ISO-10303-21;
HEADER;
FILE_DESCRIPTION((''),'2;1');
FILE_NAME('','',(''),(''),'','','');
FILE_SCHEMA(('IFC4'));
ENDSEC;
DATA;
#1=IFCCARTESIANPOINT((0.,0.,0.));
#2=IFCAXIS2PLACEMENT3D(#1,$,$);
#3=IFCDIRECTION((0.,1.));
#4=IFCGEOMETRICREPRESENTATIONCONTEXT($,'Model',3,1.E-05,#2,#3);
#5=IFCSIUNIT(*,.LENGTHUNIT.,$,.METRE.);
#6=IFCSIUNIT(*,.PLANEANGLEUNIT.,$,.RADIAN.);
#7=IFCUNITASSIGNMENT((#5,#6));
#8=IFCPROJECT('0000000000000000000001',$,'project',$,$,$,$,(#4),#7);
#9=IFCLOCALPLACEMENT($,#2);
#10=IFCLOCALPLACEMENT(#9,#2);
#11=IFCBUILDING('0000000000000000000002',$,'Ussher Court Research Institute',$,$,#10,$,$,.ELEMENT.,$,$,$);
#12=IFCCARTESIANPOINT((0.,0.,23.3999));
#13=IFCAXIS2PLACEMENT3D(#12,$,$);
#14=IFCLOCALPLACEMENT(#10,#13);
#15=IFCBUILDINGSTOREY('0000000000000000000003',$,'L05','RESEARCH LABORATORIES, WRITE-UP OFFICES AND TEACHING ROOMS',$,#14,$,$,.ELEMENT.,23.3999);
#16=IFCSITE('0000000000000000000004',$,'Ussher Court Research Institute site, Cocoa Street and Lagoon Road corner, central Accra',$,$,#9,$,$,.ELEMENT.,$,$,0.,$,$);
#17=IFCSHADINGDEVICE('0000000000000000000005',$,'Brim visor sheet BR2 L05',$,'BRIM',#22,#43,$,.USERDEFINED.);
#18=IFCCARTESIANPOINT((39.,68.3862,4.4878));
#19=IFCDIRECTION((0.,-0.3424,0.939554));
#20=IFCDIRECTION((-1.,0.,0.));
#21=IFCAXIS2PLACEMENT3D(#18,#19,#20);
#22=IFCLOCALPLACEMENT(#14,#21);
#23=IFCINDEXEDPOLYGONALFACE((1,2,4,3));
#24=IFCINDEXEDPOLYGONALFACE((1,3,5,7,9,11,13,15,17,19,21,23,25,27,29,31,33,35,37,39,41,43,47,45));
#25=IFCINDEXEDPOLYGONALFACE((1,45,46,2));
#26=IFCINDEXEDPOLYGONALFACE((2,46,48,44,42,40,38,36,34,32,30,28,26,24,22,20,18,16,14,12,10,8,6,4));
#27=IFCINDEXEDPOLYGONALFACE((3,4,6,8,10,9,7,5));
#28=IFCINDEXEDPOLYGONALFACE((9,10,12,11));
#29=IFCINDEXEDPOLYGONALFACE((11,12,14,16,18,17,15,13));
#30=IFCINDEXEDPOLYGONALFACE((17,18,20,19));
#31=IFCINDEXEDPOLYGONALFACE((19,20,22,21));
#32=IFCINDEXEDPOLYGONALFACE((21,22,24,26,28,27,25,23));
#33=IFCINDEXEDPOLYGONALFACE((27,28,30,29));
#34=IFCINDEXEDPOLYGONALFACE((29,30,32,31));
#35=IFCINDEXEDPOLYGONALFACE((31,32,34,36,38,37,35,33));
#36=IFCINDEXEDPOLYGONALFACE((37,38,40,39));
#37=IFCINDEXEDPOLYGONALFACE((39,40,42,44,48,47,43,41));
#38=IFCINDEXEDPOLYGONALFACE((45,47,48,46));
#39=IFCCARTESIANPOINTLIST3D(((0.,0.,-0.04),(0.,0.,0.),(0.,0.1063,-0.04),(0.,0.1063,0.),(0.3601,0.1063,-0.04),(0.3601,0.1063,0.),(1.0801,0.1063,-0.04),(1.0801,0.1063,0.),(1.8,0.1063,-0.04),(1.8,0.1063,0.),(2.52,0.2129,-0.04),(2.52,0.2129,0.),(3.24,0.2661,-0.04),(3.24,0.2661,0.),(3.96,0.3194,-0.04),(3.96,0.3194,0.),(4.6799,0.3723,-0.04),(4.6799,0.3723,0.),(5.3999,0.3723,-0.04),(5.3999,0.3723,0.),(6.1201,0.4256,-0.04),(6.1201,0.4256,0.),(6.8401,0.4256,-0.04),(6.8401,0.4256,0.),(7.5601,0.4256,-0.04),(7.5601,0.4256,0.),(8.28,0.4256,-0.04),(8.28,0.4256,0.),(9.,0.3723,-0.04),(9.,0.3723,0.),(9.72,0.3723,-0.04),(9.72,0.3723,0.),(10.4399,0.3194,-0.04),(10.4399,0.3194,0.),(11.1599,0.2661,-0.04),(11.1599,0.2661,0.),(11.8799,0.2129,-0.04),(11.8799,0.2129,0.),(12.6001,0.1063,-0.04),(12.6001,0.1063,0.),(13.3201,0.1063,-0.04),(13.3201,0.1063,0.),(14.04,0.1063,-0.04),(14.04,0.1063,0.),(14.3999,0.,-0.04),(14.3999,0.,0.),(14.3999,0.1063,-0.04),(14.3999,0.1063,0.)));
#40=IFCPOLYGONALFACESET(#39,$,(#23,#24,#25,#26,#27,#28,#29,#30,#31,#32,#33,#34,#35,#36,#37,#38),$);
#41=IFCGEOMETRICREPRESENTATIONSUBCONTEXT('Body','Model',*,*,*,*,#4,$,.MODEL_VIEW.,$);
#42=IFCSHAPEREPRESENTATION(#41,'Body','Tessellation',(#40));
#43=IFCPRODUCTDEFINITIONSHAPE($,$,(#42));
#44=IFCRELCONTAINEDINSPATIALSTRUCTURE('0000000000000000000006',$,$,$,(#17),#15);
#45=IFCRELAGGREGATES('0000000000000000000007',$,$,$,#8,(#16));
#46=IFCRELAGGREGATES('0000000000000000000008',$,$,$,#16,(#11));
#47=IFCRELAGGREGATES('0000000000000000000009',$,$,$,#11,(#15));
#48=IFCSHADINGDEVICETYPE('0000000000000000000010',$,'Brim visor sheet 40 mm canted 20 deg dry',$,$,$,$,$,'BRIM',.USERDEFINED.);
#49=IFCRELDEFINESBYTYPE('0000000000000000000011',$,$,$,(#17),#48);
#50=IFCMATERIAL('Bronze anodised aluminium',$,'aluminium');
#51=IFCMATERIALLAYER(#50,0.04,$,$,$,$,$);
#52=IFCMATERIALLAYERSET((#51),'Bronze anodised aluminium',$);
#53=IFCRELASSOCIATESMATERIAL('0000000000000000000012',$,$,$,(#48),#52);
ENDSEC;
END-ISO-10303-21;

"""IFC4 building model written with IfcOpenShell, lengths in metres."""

from ifc_helpers import new_model, si_unit, direction, frame, origin, place, context, subcontext, project, spatial, polyline, outline, extrude, material, layer, layer_set, type_object, element, save


model = new_model("IFC4")

# Units and contexts
model_context = context("Model", 3, precision=1e-05, world=origin(), true_north=direction((0.0, 1.0)))
body_context = subcontext(model_context, "Body", "Model", "MODEL_VIEW")
ifc_project = project(units=[si_unit("LENGTHUNIT", "METRE"), si_unit("PLANEANGLEUNIT", "RADIAN")], contexts=[model_context])

# Site, building, storey
site_placement = place(None, origin())
site = spatial("IfcSite", under=ifc_project, at=site_placement, Name="Ussher Court Research Institute site, Cocoa Street and Lagoon Road corner, central Accra", CompositionType="ELEMENT", RefElevation=0.0)
building_placement = place(site_placement, origin())
building = spatial("IfcBuilding", under=site, at=building_placement, Name="Ussher Court Research Institute", CompositionType="ELEMENT")
storey_placement = place(building_placement, frame((0.0, 0.0, 23.3999)))
storey = spatial("IfcBuildingStorey", under=building, at=storey_placement, Name="L05", Description="RESEARCH LABORATORIES, WRITE-UP OFFICES AND TEACHING ROOMS", CompositionType="ELEMENT", Elevation=23.3999)

# Shading device
ifc_material_1 = material(Name="Bronze anodised aluminium", Category="aluminium")
ifc_layer_1 = layer(ifc_material_1, 0.04)
ifc_layer_set_1 = layer_set([ifc_layer_1], Name="Bronze anodised aluminium")
shading_device_type_1 = type_object("IfcShadingDeviceType", Name="Brim visor sheet 40 mm canted 20 deg dry", ElementType="BRIM", PredefinedType="USERDEFINED", material=ifc_layer_set_1)
shading_device_1_placement = place(storey_placement, frame((39.0, 68.3862, 4.4878), z_axis=(0.0, -0.3424, 0.939554), x_axis=(-1.0, 0.0, 0.0)))
element("IfcShadingDevice", 1, at=shading_device_1_placement, inside=storey, type_object=shading_device_type_1, Name="Brim visor sheet BR2 L05", ObjectType="BRIM", PredefinedType="USERDEFINED", context=body_context, shape_type="SweptSolid", body=[
    extrude(outline(polyline([(0.0, 0.0), (14.3999, 0.0), (14.3999, 0.1063), (14.04, 0.1063), (13.3201, 0.1063), (12.6001, 0.1063), (11.8799, 0.2129), (11.1599, 0.2661), (10.4399, 0.3194), (9.72, 0.3723), (9.0, 0.3723), (8.28, 0.4256), (7.5601, 0.4256), (6.8401, 0.4256), (6.1201, 0.4256), (5.3999, 0.3723), (4.6799, 0.3723), (3.96, 0.3194), (3.24, 0.2661), (2.52, 0.2129), (1.8, 0.1063), (1.0801, 0.1063), (0.3601, 0.1063), (0.0, 0.1063), (0.0, 0.0)])), origin(), (0.0, 0.0, -1.0), 0.04),
])

save(model, "model.ifc")
